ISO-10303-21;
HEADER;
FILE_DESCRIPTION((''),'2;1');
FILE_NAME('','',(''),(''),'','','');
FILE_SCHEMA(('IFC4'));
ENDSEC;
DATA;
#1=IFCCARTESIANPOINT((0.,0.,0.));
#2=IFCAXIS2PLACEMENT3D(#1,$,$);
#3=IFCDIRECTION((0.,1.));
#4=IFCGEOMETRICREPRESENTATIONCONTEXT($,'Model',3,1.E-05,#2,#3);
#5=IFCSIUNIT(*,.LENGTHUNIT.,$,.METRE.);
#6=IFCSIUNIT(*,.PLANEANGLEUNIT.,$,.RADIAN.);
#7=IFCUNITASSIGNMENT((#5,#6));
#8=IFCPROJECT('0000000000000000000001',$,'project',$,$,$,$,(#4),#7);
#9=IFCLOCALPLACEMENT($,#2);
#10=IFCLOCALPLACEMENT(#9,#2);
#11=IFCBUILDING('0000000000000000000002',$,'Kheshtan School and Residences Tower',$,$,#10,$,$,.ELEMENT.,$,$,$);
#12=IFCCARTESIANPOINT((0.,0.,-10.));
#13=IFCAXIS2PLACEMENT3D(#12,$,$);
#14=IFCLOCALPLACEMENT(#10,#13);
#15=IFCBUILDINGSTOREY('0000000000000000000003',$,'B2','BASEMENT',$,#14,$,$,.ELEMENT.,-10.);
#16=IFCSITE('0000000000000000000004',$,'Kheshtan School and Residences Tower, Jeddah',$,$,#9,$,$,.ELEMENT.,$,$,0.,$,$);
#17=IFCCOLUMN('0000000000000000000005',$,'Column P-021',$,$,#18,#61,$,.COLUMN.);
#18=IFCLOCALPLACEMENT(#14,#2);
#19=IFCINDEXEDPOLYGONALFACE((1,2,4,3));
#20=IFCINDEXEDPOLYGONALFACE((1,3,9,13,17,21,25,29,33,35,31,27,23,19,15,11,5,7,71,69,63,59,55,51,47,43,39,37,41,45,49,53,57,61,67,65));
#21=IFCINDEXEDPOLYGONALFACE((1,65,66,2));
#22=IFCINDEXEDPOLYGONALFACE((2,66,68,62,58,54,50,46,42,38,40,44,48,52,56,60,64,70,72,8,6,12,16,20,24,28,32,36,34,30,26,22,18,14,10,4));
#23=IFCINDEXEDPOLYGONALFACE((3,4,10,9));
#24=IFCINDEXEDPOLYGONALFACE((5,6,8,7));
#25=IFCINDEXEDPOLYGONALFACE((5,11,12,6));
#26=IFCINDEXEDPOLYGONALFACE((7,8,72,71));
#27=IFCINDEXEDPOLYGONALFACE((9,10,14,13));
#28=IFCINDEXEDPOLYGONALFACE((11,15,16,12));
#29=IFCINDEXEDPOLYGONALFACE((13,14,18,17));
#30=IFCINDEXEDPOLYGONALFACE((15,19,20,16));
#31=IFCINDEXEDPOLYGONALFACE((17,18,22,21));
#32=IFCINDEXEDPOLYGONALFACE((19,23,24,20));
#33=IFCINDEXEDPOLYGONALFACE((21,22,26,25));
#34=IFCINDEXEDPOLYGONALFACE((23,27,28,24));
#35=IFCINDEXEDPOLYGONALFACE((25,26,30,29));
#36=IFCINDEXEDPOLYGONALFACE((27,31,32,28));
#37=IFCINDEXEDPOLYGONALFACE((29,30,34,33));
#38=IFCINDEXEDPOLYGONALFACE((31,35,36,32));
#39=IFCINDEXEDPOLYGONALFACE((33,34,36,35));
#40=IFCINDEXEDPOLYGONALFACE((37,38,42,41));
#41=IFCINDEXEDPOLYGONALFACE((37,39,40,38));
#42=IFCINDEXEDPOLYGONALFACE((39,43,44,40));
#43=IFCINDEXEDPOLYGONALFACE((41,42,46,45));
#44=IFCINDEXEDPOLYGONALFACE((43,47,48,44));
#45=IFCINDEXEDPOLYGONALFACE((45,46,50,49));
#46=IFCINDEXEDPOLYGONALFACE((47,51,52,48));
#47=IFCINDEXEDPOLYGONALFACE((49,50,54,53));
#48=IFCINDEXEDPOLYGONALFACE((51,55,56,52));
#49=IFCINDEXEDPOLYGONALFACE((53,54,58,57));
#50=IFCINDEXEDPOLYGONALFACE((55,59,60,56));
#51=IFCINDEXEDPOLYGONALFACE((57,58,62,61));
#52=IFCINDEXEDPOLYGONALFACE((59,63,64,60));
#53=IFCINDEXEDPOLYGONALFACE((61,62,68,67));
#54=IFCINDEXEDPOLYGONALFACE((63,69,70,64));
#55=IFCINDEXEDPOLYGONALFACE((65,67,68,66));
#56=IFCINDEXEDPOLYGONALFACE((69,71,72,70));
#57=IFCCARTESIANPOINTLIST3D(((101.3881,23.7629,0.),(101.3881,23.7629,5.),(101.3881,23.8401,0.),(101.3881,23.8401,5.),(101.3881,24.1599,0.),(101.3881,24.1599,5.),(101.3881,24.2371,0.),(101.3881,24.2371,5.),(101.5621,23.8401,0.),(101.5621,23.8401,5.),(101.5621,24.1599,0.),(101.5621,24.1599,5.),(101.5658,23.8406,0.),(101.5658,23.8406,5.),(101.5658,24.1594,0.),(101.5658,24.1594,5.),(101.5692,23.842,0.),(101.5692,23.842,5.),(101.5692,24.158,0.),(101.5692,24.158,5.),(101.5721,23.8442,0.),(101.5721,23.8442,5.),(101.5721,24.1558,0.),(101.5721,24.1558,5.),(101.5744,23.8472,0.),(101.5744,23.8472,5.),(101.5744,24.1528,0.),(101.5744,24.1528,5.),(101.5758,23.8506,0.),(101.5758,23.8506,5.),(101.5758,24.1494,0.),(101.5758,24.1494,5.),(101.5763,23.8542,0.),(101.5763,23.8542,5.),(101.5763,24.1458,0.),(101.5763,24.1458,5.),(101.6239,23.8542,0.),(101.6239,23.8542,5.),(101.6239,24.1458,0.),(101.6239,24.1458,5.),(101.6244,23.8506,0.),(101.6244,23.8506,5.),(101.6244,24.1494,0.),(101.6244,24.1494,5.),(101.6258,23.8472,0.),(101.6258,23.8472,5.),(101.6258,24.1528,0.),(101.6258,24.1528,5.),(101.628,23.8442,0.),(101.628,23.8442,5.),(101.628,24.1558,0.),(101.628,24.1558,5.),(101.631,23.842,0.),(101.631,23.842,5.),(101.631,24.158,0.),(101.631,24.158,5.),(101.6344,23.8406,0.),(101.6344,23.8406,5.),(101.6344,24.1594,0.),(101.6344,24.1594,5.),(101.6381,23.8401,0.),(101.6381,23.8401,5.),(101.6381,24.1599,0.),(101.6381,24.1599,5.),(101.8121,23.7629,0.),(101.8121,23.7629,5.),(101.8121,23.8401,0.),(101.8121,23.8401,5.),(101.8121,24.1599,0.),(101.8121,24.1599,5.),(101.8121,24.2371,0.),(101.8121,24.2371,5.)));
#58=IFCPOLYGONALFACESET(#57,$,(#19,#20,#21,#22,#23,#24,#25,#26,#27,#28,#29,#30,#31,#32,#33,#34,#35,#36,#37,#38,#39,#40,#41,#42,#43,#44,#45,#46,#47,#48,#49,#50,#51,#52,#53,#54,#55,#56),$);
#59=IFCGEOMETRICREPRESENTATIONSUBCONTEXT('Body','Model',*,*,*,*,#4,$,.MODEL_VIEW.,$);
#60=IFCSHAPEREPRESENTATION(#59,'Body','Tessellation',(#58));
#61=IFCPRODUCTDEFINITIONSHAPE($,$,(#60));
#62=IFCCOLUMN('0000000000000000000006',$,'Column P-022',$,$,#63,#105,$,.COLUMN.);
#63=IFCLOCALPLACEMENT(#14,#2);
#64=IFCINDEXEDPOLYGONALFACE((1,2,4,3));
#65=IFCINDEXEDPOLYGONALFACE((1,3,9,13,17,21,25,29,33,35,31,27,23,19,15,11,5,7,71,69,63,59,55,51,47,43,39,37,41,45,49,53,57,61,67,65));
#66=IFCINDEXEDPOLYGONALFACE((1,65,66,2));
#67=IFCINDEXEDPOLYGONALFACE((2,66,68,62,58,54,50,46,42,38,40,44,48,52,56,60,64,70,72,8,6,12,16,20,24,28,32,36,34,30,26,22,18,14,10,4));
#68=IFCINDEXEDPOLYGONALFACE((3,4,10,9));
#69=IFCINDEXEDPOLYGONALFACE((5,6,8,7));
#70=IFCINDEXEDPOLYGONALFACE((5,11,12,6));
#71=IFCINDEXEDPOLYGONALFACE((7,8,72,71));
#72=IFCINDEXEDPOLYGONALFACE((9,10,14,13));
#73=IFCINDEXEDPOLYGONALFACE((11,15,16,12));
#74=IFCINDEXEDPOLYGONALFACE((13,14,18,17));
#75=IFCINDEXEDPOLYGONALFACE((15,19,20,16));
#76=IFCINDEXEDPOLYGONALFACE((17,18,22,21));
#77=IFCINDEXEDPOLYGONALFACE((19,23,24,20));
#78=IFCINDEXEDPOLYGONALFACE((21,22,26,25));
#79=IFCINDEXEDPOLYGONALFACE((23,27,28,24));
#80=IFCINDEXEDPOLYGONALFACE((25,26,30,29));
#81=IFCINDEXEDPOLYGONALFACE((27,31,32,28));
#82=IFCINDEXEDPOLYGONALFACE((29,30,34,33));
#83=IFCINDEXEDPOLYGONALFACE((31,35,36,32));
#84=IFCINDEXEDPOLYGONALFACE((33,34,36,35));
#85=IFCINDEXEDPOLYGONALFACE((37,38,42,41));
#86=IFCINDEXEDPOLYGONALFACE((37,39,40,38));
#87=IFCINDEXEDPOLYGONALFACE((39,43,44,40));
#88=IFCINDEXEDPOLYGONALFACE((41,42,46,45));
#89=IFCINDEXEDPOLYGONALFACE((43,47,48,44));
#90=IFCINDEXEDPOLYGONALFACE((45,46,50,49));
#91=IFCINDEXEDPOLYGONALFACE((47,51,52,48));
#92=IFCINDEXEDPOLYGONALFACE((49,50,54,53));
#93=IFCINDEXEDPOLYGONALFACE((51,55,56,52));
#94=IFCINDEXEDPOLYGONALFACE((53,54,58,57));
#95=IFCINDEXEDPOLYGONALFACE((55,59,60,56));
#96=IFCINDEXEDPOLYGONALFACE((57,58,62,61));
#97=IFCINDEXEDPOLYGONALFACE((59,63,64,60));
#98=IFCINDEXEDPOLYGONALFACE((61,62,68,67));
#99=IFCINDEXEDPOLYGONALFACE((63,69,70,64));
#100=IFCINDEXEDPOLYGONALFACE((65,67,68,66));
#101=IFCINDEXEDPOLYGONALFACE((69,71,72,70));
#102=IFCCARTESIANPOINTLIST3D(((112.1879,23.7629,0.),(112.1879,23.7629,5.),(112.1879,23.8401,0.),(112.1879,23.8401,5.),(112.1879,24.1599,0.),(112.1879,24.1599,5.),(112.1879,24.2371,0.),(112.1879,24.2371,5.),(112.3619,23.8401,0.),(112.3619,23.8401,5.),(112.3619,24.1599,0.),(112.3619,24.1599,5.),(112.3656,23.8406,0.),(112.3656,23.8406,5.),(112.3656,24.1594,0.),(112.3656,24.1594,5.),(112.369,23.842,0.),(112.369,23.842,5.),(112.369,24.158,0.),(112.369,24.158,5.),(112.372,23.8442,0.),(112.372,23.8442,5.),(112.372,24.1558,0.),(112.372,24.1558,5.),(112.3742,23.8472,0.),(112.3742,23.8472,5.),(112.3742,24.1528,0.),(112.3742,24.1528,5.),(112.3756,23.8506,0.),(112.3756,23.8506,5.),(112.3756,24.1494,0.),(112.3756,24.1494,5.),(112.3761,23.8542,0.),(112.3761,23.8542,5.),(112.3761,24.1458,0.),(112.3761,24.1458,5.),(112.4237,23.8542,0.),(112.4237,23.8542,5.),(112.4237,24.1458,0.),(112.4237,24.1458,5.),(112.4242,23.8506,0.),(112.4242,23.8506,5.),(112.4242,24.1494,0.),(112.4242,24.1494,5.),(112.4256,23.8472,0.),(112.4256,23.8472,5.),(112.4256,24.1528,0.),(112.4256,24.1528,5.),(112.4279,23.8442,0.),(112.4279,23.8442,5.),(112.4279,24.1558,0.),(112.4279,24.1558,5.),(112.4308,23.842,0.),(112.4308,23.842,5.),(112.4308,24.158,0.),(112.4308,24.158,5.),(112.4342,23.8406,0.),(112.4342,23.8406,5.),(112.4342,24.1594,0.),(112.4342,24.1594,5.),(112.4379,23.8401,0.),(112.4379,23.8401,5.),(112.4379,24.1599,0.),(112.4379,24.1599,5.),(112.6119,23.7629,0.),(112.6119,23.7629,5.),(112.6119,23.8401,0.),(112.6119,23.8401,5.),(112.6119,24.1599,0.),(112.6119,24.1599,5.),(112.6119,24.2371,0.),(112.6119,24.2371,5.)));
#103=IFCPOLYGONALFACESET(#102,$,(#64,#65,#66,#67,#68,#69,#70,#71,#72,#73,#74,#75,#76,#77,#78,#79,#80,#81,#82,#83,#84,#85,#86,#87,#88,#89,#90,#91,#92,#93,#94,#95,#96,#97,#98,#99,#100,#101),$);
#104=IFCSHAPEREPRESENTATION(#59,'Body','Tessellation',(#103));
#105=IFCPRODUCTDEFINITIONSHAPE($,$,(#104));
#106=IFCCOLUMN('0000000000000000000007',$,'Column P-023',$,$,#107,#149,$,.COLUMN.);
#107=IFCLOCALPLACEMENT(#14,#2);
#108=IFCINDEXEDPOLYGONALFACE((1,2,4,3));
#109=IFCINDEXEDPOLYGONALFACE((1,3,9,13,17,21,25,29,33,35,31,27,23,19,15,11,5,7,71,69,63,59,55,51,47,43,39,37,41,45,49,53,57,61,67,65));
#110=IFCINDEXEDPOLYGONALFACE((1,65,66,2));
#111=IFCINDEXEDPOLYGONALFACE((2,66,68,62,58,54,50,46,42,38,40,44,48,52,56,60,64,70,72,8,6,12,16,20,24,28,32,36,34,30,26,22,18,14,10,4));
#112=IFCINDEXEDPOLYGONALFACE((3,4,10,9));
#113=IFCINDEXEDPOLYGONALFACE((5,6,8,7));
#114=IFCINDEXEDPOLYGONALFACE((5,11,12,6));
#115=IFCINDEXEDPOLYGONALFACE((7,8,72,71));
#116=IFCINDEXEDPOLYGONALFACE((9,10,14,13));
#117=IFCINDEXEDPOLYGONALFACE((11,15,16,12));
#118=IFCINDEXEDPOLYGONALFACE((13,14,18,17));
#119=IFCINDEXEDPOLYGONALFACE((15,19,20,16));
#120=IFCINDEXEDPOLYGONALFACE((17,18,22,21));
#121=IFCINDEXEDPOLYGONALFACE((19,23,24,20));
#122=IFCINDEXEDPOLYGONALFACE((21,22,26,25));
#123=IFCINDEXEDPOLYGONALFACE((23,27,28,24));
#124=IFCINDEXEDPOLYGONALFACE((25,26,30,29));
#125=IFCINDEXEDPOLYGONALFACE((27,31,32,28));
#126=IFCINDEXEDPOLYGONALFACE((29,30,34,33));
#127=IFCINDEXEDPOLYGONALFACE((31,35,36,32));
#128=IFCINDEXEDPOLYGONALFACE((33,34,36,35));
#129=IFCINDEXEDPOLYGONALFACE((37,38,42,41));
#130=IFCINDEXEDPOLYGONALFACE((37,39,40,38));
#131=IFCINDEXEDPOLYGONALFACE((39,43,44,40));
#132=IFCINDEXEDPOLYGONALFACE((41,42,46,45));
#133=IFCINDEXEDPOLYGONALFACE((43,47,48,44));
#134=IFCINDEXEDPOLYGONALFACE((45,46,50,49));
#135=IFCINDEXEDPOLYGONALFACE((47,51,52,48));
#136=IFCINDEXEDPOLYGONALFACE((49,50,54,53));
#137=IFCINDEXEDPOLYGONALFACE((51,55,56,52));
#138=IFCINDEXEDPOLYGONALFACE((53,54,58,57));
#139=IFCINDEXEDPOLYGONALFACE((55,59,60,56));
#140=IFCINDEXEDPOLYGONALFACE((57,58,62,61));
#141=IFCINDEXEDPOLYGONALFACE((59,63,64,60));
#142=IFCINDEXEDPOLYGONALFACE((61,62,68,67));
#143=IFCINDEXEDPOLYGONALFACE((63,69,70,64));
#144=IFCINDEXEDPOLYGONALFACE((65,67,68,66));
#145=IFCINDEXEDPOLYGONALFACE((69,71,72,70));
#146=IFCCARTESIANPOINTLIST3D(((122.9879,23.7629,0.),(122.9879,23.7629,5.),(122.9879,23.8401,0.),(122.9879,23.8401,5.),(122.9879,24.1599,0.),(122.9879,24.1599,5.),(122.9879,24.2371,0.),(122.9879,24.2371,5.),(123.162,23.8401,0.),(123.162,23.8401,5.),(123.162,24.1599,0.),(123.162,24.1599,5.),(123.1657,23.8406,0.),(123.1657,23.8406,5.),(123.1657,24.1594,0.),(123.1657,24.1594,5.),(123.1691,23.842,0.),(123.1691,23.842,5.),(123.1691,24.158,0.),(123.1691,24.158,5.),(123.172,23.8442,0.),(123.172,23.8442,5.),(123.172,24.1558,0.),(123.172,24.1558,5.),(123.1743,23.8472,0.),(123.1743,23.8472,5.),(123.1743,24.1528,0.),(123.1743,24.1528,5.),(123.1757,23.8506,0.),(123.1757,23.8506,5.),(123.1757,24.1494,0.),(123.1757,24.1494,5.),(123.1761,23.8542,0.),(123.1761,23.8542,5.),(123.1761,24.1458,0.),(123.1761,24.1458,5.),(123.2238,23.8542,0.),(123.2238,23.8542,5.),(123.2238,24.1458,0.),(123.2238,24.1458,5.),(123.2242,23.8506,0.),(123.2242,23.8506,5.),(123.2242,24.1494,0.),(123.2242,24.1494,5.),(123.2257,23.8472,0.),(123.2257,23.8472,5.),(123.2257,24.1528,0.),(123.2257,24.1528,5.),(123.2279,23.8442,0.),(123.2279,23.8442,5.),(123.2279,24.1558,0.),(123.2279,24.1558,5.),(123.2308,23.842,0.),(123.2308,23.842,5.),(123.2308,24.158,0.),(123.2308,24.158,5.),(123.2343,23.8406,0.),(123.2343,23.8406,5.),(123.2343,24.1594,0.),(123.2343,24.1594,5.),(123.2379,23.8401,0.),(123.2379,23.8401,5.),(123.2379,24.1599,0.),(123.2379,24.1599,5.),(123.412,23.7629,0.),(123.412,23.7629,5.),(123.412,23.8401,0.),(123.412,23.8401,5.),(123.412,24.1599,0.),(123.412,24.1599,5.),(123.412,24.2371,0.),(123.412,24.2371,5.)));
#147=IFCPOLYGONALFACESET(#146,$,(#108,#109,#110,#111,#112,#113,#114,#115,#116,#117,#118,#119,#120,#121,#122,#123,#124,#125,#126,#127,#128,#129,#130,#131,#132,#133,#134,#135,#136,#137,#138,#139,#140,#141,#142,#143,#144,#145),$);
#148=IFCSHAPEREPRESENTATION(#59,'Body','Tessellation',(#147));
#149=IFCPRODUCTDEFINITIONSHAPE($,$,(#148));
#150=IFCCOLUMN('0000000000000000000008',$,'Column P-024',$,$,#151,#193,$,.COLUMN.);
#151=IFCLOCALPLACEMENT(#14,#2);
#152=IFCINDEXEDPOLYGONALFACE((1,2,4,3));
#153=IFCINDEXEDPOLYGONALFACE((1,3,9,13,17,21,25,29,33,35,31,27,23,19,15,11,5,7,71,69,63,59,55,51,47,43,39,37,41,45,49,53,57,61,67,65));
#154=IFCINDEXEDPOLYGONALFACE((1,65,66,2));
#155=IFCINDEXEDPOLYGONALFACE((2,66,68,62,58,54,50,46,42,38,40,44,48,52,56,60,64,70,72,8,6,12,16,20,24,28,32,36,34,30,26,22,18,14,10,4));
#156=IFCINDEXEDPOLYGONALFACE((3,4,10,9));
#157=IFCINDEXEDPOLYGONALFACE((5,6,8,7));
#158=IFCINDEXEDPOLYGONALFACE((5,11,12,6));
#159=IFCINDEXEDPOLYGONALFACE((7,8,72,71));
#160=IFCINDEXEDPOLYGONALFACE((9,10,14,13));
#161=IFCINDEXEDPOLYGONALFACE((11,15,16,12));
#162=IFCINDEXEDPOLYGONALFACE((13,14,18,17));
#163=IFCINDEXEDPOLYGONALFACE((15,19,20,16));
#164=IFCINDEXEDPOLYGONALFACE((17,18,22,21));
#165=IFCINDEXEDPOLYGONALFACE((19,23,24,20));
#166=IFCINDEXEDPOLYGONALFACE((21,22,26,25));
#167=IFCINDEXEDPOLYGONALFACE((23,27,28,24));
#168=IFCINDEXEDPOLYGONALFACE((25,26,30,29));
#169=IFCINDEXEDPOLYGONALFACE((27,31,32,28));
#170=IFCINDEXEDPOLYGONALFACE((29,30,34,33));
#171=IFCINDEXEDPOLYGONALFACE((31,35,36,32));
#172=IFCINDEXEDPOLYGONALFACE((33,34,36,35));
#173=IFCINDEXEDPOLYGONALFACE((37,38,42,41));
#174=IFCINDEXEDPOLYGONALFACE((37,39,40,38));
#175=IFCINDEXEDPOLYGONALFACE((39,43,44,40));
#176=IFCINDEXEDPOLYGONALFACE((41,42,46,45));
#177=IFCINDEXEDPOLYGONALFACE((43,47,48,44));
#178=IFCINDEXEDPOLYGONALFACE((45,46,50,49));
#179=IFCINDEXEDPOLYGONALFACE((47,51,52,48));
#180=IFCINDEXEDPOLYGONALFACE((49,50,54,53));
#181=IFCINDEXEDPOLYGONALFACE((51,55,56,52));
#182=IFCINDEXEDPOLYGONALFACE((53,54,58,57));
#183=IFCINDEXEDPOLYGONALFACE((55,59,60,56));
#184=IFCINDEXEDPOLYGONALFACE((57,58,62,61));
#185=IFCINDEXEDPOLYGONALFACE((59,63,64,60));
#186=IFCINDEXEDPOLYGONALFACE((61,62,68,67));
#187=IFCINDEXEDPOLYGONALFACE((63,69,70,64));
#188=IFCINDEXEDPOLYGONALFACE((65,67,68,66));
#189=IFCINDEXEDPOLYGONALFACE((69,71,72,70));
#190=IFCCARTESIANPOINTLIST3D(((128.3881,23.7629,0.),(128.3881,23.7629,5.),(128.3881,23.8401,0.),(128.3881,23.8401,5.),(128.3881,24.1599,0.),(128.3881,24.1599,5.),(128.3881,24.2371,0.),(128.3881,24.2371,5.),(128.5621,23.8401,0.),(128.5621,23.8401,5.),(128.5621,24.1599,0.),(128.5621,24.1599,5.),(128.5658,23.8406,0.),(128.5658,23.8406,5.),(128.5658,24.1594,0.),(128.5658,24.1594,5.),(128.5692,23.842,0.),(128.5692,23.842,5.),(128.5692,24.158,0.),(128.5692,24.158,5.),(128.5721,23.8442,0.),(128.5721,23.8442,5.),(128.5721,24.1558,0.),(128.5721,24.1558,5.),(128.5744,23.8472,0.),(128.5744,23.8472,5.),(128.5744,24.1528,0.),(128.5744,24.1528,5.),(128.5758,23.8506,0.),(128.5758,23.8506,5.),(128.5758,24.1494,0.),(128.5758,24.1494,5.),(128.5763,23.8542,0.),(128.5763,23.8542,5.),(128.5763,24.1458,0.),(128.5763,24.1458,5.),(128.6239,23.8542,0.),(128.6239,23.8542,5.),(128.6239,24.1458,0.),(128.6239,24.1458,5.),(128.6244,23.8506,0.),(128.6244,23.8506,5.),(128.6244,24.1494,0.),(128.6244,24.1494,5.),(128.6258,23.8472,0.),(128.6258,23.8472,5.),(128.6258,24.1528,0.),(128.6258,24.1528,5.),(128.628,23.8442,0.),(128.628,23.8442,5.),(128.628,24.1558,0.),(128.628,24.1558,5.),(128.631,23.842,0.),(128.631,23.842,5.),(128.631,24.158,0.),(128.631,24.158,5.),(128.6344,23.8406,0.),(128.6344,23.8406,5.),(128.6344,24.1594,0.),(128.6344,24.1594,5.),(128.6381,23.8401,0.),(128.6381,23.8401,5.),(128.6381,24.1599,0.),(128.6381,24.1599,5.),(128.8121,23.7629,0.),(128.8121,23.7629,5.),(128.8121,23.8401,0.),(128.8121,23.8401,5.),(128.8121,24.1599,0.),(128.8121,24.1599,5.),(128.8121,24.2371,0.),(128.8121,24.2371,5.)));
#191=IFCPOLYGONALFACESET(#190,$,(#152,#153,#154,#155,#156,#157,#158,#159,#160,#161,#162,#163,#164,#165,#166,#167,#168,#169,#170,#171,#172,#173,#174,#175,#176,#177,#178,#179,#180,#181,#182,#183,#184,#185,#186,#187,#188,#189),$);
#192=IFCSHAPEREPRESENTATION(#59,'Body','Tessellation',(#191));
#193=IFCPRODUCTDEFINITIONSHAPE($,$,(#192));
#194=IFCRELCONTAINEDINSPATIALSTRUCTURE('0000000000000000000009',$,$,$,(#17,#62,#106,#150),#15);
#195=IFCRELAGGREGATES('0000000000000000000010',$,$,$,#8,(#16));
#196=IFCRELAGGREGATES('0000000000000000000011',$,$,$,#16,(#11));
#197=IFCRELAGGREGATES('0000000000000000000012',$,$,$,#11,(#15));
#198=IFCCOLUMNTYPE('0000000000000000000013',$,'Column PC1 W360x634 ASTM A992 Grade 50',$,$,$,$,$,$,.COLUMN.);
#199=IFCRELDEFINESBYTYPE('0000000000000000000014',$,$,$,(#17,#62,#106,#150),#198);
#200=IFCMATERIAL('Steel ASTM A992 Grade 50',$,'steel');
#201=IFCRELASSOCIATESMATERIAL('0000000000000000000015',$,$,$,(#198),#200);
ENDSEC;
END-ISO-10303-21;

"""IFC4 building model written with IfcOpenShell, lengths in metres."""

from ifc_helpers import new_model, si_unit, direction, frame, origin, origin_2d, place, context, subcontext, project, spatial, i_section, extrude, material, material_profile, profile_set, type_object, element, save


model = new_model("IFC4")

# Units and contexts
model_context = context("Model", 3, precision=1e-05, world=origin(), true_north=direction((0.0, 1.0)))
body_context = subcontext(model_context, "Body", "Model", "MODEL_VIEW")
ifc_project = project(units=[si_unit("LENGTHUNIT", "METRE"), si_unit("PLANEANGLEUNIT", "RADIAN")], contexts=[model_context])

# Site, building, storey
site_placement = place(None, origin())
site = spatial("IfcSite", under=ifc_project, at=site_placement, Name="Kheshtan School and Residences Tower, Jeddah", CompositionType="ELEMENT", RefElevation=0.0)
building_placement = place(site_placement, origin())
building = spatial("IfcBuilding", under=site, at=building_placement, Name="Kheshtan School and Residences Tower", CompositionType="ELEMENT")
storey_placement = place(building_placement, frame((0.0, 0.0, -10.0)))
storey = spatial("IfcBuildingStorey", under=building, at=storey_placement, Name="B2", Description="BASEMENT", CompositionType="ELEMENT", Elevation=-10.0)

# Columns
ifc_material_1 = material(Name="Steel ASTM A992 Grade 50", Category="steel")
ifc_material_profile = material_profile(ifc_material_1, i_section(OverallWidth=0.4241, OverallDepth=0.4741, WebThickness=0.0476, FlangeThickness=0.0771, FilletRadius=0.0142, at=origin_2d()), Name="W360x634")
ifc_profile_set = profile_set([ifc_material_profile], Name="Steel ASTM A992 Grade 50")
column_type = type_object("IfcColumnType", Name="Column PC1 W360x634 ASTM A992 Grade 50", PredefinedType="COLUMN", material=ifc_profile_set)
for number, where, z_axis, x_axis, name in (
    (1, (101.6001, 24.0, 0.0), (0.0, 0.0, 1.0), (1.0, 0.0, 0.0), "Column P-021"),
    (2, (112.3999, 24.0, 0.0), (0.0, 0.0, 1.0), (1.0, 0.0, 0.0), "Column P-022"),
    (3, (123.2, 24.0, 0.0), (0.0, 0.0, 1.0), (1.0, 0.0, 0.0), "Column P-023"),
    (4, (128.6001, 24.0, 0.0), (0.0, 0.0, 1.0), (1.0, 0.0, 0.0), "Column P-024"),
):
    element("IfcColumn", number, at=place(storey_placement, frame(where, z_axis=z_axis, x_axis=x_axis)), inside=storey, type_object=column_type, Name=name, PredefinedType="COLUMN", context=body_context, shape_type="SweptSolid", body=[
        extrude(i_section(OverallWidth=0.4241, OverallDepth=0.4741, WebThickness=0.0476, FlangeThickness=0.0771, FilletRadius=0.0142, at=origin_2d()), origin(), (0.0, 0.0, 1.0), 5.0),
    ])

save(model, "model.ifc")
